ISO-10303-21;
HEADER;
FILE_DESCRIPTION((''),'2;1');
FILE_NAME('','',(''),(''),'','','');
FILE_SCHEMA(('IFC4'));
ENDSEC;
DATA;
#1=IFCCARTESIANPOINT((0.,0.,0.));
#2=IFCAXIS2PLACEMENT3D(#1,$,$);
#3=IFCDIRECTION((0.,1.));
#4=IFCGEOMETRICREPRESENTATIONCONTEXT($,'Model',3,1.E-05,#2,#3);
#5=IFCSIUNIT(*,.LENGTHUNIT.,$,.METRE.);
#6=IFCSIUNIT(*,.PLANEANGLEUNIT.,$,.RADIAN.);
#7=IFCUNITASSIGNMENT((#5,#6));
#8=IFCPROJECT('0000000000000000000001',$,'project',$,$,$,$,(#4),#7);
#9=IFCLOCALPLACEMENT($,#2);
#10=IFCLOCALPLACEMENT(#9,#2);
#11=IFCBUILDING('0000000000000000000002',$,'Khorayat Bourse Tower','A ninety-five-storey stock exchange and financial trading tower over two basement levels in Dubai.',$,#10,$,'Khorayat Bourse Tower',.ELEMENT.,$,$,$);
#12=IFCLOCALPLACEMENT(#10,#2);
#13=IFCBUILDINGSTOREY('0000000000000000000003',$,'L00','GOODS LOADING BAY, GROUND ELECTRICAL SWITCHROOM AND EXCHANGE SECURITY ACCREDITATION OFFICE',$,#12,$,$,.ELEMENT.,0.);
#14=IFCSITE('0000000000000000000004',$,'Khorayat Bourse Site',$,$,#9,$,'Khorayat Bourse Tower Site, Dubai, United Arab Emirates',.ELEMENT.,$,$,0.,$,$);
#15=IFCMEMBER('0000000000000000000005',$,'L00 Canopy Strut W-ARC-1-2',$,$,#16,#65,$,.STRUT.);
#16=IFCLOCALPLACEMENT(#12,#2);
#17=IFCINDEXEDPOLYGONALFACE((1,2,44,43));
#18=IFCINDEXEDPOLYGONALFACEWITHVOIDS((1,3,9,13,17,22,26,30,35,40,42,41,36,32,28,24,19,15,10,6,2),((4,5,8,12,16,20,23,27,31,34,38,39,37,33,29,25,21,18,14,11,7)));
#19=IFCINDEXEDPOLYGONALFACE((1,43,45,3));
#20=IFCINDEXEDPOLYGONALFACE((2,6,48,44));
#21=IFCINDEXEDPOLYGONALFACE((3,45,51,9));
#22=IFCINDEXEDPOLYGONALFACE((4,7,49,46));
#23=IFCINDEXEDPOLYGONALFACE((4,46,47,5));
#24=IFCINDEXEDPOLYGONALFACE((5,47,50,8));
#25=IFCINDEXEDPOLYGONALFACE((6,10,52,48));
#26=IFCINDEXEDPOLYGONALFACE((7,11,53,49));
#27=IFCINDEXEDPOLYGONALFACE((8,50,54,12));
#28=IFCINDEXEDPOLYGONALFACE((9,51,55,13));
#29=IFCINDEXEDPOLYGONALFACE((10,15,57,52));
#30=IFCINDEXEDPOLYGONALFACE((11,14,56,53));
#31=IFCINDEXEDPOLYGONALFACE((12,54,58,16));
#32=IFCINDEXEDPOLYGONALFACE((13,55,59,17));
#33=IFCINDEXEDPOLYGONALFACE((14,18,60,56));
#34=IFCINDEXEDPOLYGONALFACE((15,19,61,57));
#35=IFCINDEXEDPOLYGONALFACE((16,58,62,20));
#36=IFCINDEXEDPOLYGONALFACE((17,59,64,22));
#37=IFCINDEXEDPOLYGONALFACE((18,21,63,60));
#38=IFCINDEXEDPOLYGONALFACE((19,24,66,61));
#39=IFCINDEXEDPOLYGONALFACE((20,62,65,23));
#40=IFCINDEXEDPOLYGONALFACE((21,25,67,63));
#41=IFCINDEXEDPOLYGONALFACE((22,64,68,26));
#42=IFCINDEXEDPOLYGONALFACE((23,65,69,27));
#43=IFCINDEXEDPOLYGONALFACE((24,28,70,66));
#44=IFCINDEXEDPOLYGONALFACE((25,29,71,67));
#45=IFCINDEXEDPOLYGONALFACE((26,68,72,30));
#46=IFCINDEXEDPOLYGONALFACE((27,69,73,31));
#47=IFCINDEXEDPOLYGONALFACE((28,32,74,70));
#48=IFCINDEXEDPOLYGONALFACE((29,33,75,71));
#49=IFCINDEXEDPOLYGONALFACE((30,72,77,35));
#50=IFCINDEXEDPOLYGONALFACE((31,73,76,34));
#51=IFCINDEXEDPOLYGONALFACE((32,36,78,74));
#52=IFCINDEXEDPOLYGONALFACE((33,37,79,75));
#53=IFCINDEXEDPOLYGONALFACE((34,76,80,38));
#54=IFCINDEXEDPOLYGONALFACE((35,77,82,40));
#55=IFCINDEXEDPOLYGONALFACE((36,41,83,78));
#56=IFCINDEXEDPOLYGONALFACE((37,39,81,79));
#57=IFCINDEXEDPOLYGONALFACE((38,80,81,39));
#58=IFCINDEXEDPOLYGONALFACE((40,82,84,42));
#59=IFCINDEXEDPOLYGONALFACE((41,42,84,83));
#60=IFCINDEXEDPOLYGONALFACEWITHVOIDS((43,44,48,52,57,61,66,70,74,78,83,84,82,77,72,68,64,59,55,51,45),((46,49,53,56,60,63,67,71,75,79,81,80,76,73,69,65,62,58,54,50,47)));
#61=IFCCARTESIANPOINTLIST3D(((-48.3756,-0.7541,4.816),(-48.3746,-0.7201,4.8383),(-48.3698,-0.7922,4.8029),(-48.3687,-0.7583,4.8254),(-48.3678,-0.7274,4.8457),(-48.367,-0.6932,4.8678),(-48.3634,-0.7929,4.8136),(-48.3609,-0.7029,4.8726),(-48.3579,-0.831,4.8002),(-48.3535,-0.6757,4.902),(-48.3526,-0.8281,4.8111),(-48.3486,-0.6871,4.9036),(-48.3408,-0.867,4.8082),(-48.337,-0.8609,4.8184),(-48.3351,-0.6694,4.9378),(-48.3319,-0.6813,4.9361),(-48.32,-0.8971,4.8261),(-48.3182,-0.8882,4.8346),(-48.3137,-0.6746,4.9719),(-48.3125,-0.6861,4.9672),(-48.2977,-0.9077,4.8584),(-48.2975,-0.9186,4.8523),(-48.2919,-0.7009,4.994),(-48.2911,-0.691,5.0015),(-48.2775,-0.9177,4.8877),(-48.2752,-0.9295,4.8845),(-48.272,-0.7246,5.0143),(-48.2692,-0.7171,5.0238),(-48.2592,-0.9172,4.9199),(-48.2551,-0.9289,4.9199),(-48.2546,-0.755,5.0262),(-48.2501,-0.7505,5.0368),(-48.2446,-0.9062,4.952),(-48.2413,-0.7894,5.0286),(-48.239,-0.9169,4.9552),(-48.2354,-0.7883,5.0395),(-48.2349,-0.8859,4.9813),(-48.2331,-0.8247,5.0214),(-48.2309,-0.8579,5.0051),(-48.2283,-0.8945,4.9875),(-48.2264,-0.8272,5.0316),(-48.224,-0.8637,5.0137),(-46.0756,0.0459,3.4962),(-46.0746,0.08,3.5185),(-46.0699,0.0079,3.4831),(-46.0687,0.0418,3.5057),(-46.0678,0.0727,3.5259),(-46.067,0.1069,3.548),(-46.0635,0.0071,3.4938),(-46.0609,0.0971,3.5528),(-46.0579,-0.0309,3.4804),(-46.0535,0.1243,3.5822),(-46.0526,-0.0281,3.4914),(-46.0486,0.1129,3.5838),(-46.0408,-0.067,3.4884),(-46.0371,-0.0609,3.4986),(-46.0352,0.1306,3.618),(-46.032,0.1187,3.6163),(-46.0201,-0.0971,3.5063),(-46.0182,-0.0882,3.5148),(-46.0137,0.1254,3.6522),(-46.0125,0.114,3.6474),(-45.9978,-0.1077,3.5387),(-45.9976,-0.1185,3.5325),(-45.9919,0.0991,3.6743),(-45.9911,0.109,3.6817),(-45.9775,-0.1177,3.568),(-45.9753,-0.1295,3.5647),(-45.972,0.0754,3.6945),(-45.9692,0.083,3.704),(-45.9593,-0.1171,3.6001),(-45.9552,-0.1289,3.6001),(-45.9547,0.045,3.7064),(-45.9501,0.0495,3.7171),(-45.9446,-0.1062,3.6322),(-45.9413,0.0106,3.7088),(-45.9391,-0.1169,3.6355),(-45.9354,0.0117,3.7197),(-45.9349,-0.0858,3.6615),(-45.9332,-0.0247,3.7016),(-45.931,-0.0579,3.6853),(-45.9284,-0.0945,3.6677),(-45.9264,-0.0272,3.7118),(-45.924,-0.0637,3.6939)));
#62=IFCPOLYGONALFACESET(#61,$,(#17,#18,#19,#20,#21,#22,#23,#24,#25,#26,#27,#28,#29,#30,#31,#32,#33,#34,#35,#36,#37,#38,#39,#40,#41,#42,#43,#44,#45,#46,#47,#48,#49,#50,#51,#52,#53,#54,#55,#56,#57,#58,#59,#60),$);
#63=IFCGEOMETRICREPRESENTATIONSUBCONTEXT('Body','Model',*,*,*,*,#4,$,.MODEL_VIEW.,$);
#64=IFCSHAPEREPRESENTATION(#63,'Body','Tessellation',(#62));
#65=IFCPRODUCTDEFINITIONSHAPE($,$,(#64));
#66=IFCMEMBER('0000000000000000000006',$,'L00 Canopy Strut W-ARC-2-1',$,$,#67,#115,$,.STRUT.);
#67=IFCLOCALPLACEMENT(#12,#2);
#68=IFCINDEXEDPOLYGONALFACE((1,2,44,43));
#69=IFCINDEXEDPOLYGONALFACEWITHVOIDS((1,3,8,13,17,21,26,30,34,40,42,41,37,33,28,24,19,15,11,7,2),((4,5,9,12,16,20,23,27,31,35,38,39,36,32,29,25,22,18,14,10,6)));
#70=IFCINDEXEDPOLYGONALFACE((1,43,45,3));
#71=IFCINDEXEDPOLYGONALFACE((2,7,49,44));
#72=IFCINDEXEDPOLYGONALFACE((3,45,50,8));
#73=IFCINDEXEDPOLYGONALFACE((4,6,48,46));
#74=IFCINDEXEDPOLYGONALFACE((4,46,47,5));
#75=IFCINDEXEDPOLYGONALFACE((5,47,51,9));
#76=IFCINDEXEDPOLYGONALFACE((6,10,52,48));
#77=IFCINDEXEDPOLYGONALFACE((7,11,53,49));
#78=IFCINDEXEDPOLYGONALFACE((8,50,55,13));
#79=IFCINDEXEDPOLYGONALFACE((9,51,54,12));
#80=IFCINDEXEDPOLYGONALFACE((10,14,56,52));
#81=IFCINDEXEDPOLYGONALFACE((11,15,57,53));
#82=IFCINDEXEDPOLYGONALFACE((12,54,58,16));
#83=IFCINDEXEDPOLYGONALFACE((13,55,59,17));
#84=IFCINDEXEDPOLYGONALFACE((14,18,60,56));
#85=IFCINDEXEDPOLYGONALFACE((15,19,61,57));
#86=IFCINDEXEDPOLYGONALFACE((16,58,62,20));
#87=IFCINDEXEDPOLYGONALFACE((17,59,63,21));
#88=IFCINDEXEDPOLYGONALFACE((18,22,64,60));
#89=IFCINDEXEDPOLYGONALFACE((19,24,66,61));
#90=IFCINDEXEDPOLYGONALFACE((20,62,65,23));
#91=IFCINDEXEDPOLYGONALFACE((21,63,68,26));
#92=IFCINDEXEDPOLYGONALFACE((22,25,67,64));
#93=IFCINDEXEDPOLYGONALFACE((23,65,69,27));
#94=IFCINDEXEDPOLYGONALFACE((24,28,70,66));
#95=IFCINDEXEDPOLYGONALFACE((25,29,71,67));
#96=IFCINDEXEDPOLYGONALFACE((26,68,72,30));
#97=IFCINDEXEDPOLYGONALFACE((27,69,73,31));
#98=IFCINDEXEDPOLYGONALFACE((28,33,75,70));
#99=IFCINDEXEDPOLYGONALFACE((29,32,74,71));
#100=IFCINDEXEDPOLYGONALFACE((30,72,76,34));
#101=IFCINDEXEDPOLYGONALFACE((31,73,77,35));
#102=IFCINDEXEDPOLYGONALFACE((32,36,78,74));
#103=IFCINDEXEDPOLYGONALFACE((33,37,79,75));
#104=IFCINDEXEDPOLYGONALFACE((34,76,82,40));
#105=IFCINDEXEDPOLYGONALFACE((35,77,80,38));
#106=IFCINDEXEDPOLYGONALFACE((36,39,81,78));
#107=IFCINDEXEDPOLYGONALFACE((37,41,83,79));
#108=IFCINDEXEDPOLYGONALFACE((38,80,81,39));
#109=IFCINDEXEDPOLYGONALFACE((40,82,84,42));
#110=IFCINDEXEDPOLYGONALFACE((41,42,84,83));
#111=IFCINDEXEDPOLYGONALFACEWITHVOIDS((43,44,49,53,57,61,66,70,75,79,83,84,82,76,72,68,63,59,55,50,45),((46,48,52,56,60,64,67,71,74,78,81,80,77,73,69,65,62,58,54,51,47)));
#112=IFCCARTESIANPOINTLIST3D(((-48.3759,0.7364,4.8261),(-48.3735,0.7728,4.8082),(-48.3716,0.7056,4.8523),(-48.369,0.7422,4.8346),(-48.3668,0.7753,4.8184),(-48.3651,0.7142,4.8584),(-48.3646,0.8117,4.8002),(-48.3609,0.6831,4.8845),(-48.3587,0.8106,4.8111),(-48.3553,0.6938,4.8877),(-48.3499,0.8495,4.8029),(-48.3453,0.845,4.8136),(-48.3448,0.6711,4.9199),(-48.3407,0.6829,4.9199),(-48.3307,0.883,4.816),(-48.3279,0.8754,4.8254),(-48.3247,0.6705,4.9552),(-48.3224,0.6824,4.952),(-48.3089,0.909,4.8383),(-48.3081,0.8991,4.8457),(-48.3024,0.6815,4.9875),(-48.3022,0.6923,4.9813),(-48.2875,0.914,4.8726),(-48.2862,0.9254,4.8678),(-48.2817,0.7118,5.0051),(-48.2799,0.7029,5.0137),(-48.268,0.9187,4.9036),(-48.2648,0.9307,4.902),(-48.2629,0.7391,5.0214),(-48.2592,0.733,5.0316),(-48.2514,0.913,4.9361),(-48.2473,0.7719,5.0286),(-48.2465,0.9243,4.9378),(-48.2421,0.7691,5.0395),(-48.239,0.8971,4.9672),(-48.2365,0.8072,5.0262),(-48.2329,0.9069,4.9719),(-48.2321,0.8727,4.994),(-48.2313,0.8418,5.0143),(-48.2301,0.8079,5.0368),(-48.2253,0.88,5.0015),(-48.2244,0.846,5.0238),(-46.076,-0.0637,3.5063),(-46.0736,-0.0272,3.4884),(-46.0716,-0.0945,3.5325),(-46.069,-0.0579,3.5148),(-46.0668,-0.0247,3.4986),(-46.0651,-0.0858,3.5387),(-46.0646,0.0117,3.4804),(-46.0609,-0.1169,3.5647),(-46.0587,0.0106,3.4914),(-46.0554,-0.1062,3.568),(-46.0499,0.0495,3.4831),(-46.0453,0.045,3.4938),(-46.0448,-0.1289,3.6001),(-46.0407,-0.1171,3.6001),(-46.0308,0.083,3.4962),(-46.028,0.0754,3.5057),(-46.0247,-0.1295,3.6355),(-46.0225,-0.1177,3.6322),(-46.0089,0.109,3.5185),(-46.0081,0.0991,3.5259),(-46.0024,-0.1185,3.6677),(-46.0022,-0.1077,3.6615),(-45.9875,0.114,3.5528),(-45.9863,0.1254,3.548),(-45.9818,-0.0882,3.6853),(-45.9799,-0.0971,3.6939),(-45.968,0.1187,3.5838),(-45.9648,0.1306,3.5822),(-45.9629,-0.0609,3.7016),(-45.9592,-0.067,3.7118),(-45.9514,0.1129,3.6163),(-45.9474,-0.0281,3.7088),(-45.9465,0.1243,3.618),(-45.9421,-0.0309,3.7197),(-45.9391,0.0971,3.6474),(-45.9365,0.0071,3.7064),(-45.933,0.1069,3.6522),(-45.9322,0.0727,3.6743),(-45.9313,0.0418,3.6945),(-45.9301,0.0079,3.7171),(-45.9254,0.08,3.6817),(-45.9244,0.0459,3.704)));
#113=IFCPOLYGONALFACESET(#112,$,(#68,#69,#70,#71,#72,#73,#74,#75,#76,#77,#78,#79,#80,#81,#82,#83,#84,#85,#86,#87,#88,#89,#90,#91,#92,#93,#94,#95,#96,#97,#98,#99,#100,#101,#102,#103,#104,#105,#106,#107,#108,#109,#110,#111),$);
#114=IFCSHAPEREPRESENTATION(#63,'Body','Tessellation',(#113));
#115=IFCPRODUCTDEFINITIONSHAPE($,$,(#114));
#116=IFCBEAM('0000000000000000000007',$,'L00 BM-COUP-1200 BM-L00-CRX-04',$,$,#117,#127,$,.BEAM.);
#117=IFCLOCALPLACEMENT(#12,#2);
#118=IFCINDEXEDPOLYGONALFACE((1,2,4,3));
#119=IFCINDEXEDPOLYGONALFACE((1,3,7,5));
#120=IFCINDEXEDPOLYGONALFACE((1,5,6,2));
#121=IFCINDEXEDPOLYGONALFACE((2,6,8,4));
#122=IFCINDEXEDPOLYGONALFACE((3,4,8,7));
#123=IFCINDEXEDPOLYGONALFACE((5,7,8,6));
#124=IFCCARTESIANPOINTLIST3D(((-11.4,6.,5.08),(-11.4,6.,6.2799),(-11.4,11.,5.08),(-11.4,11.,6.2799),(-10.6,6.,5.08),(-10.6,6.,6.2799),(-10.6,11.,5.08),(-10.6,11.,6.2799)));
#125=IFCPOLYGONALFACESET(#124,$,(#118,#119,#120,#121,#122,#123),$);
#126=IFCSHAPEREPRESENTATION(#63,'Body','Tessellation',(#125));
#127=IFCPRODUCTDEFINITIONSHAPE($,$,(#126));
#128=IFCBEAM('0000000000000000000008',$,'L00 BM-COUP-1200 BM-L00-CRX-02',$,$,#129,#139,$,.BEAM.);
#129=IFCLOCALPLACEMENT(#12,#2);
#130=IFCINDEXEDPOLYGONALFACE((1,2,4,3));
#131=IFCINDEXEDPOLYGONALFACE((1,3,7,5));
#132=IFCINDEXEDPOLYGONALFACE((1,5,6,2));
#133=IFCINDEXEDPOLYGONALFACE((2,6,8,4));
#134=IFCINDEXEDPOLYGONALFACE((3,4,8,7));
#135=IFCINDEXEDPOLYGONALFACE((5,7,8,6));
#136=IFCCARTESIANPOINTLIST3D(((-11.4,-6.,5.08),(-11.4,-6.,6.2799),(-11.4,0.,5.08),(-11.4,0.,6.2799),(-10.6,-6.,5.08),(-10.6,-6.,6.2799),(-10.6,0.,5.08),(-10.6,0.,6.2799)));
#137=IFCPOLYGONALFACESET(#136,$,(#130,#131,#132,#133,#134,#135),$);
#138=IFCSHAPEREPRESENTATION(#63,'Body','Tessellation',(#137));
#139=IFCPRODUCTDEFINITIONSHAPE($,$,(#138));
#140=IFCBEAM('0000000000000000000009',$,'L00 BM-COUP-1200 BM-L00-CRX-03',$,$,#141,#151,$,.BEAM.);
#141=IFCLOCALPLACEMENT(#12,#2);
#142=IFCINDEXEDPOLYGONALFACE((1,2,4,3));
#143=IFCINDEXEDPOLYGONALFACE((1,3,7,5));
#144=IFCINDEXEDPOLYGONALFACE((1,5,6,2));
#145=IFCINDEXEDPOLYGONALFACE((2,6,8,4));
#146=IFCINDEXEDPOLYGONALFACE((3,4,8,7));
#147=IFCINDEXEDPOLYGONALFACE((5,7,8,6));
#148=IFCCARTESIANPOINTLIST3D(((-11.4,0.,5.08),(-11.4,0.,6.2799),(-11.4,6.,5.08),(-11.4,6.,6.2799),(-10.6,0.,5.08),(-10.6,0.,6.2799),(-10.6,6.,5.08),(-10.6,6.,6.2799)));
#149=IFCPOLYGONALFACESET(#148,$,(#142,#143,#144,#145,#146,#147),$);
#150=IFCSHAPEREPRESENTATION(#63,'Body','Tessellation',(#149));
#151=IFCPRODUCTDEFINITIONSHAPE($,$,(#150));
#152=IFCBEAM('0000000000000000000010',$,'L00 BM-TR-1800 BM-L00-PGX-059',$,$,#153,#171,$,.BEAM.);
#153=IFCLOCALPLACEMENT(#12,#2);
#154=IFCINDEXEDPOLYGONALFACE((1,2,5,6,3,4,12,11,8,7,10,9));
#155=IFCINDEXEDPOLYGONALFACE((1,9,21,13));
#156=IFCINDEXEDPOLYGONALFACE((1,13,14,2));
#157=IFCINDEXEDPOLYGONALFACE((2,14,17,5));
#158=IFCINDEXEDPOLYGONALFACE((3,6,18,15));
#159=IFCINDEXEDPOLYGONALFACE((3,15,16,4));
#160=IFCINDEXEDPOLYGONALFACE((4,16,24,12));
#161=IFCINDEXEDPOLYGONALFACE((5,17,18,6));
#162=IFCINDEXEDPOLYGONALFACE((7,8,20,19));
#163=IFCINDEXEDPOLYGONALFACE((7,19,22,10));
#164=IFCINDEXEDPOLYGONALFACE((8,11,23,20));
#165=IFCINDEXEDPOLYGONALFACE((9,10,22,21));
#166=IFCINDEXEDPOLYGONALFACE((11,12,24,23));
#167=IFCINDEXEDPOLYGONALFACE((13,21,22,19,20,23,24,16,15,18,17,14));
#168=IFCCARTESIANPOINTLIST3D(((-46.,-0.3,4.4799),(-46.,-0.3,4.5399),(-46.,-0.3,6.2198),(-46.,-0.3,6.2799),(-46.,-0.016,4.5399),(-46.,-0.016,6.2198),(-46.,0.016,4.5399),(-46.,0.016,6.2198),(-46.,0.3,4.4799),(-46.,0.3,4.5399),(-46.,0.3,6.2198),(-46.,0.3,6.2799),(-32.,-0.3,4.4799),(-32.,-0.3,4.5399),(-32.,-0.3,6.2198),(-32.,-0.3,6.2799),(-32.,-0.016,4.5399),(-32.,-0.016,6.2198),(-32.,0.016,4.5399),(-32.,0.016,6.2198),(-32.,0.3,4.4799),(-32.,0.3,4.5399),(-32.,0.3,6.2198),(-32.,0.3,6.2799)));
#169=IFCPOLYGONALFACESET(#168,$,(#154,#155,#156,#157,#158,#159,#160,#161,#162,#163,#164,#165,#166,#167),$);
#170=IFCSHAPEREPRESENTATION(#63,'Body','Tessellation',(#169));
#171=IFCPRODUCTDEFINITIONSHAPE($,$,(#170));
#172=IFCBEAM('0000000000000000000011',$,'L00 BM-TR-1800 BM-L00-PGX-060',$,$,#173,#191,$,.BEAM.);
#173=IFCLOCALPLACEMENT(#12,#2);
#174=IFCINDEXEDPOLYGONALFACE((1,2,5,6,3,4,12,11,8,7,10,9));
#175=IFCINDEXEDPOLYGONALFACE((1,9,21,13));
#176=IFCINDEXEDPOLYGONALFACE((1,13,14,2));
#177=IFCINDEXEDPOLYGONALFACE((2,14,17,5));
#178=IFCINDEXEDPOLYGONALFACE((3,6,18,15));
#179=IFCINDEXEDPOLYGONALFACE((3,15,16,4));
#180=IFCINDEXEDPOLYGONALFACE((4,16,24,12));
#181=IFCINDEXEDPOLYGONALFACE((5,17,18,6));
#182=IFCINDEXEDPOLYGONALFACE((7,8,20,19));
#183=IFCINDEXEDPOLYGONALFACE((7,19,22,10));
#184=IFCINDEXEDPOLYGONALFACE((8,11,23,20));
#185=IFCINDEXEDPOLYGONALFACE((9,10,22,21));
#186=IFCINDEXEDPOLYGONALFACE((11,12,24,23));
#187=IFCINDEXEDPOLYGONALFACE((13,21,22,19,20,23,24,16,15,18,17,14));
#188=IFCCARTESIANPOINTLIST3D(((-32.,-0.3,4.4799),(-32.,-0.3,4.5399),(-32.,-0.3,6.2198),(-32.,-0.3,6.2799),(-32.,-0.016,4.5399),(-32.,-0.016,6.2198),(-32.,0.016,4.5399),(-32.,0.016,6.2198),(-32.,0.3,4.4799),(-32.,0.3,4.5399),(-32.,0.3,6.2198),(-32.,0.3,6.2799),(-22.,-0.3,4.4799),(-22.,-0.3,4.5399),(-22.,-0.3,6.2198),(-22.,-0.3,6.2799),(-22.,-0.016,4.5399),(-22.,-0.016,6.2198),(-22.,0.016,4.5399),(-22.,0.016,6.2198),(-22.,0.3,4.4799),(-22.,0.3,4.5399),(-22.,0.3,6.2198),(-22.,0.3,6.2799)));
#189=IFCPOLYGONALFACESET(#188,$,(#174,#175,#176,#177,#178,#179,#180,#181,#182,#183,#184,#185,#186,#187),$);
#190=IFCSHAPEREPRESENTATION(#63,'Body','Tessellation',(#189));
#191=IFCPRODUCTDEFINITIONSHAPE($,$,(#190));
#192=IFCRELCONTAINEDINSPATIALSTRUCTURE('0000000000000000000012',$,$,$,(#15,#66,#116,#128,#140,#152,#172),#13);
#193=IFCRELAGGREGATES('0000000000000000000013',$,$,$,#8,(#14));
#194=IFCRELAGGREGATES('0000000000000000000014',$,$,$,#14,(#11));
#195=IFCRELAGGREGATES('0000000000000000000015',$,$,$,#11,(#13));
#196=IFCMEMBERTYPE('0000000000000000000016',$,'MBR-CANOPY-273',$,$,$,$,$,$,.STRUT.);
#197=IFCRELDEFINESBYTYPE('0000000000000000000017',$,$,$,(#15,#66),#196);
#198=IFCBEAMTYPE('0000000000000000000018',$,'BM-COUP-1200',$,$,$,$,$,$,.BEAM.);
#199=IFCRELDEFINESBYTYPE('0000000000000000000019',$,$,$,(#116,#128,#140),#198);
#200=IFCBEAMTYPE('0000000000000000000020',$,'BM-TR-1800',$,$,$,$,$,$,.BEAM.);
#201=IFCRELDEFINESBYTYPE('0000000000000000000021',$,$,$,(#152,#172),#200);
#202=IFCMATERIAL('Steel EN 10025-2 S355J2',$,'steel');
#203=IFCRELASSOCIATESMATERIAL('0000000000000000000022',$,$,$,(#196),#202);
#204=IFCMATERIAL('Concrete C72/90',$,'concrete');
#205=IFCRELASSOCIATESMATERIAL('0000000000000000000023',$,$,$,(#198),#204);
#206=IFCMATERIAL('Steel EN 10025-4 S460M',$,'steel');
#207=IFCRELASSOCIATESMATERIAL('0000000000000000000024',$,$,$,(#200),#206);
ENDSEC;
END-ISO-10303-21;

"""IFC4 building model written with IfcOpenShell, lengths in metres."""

from ifc_helpers import new_model, si_unit, direction, frame, origin, origin_2d, place, context, subcontext, project, spatial, rectangle, hollow_circle, i_section, extrude, source, transform, mapped, material, material_profile, profile_set, type_object, element, save


model = new_model("IFC4")

# Units and contexts
model_context = context("Model", 3, precision=1e-05, world=origin(), true_north=direction((0.0, 1.0)))
body_context = subcontext(model_context, "Body", "Model", "MODEL_VIEW")
ifc_project = project(units=[si_unit("LENGTHUNIT", "METRE"), si_unit("PLANEANGLEUNIT", "RADIAN")], contexts=[model_context])

# Site, building, storey
site_placement = place(None, origin())
site = spatial("IfcSite", under=ifc_project, at=site_placement, Name="Khorayat Bourse Site", LongName="Khorayat Bourse Tower Site, Dubai, United Arab Emirates", CompositionType="ELEMENT", RefElevation=0.0)
building_placement = place(site_placement, origin())
building = spatial("IfcBuilding", under=site, at=building_placement, Name="Khorayat Bourse Tower", Description="A ninety-five-storey stock exchange and financial trading tower over two basement levels in Dubai.", LongName="Khorayat Bourse Tower", CompositionType="ELEMENT")
storey_placement = place(building_placement, origin())
storey = spatial("IfcBuildingStorey", under=building, at=storey_placement, Name="L00", Description="GOODS LOADING BAY, GROUND ELECTRICAL SWITCHROOM AND EXCHANGE SECURITY ACCREDITATION OFFICE", CompositionType="ELEMENT", Elevation=0.0)

# Shared definitions
ifc_material_1 = material(Name="Concrete C72/90", Category="concrete")

# Members
ifc_material_2 = material(Name="Steel EN 10025-2 S355J2", Category="steel")
ifc_material_profile_1 = material_profile(ifc_material_2, hollow_circle(Radius=0.1365, WallThickness=0.0125, at=origin_2d()), Name="CHS 273x12.5")
ifc_profile_set_1 = profile_set([ifc_material_profile_1], Name="Steel EN 10025-2 S355J2")
member_type = type_object("IfcMemberType", Name="MBR-CANOPY-273", PredefinedType="STRUT", material=ifc_profile_set_1)
shared_shape_1 = source(origin(), body_context, "Body", "SweptSolid", [
    extrude(hollow_circle(Radius=0.1365, WallThickness=0.0125, at=origin_2d()), origin(), (0.0, 0.0, 1.0), 2.7698),
])
for number, where, z_axis, x_axis, name in (
    (1, (-46.0, 0.0, 3.6001), (-0.830378, -0.288839, 0.476491), (0.328532, -0.944493, 0.0), "L00 Canopy Strut W-ARC-1-2"),
    (2, (-46.0, 0.0, 3.6001), (-0.830378, 0.288839, 0.476491), (-0.328532, -0.944493, 0.0), "L00 Canopy Strut W-ARC-2-1"),
):
    element("IfcMember", number, at=place(storey_placement, frame(where, z_axis=z_axis, x_axis=x_axis)), inside=storey, type_object=member_type, Name=name, PredefinedType="STRUT", context=body_context, shape_type="MappedRepresentation", body=[
        mapped(shared_shape_1, transform((0.0, 0.0, 0.0), scale=1.0)),
    ])

# Beams
ifc_material_profile_2 = material_profile(ifc_material_1, rectangle(XDim=0.8, YDim=1.2, at=origin_2d()), Name="RC 800x1200")
ifc_profile_set_2 = profile_set([ifc_material_profile_2], Name="Concrete C72/90")
beam_type_1 = type_object("IfcBeamType", Name="BM-COUP-1200", PredefinedType="BEAM", material=ifc_profile_set_2)
shared_shape_2 = source(origin(), body_context, "Body", "SweptSolid", [
    extrude(rectangle(XDim=0.8, YDim=1.2, at=origin_2d()), origin(), (0.0, 0.0, 1.0), 5.0),
])
beam_1_placement = place(storey_placement, frame((-11.0, 6.0, 5.6799), z_axis=(0.0, 1.0, 0.0), x_axis=(-1.0, 0.0, 0.0)))
element("IfcBeam", 3, at=beam_1_placement, inside=storey, type_object=beam_type_1, Name="L00 BM-COUP-1200 BM-L00-CRX-04", PredefinedType="BEAM", context=body_context, shape_type="MappedRepresentation", body=[
    mapped(shared_shape_2, transform((0.0, 0.0, 0.0), scale=1.0)),
])
shared_shape_3 = source(origin(), body_context, "Body", "SweptSolid", [
    extrude(rectangle(XDim=0.8, YDim=1.2, at=origin_2d()), origin(), (0.0, 0.0, 1.0), 6.0),
])
for number, where, z_axis, x_axis, name in (
    (4, (-11.0, -6.0, 5.6799), (0.0, 1.0, 0.0), (-1.0, 0.0, 0.0), "L00 BM-COUP-1200 BM-L00-CRX-02"),
    (5, (-11.0, 0.0, 5.6799), (0.0, 1.0, 0.0), (-1.0, 0.0, 0.0), "L00 BM-COUP-1200 BM-L00-CRX-03"),
):
    element("IfcBeam", number, at=place(storey_placement, frame(where, z_axis=z_axis, x_axis=x_axis)), inside=storey, type_object=beam_type_1, Name=name, PredefinedType="BEAM", context=body_context, shape_type="MappedRepresentation", body=[
        mapped(shared_shape_3, transform((0.0, 0.0, 0.0), scale=1.0)),
    ])
ifc_material_3 = material(Name="Steel EN 10025-4 S460M", Category="steel")
ifc_material_profile_3 = material_profile(ifc_material_3, i_section(OverallWidth=0.6001, OverallDepth=1.8, WebThickness=0.032, FlangeThickness=0.0601, at=origin_2d()), Name="PG 1800x600x32x60")
ifc_profile_set_3 = profile_set([ifc_material_profile_3], Name="Steel EN 10025-4 S460M")
beam_type_2 = type_object("IfcBeamType", Name="BM-TR-1800", PredefinedType="BEAM", material=ifc_profile_set_3)
shared_shape_4 = source(origin(), body_context, "Body", "SweptSolid", [
    extrude(i_section(OverallWidth=0.6001, OverallDepth=1.8, WebThickness=0.032, FlangeThickness=0.0601, at=origin_2d()), origin(), (0.0, 0.0, 1.0), 14.0),
])
beam_2_placement = place(storey_placement, frame((-46.0, 0.0, 5.3799), z_axis=(1.0, 0.0, 0.0), x_axis=(0.0, 1.0, 0.0)))
element("IfcBeam", 6, at=beam_2_placement, inside=storey, type_object=beam_type_2, Name="L00 BM-TR-1800 BM-L00-PGX-059", PredefinedType="BEAM", context=body_context, shape_type="MappedRepresentation", body=[
    mapped(shared_shape_4, transform((0.0, 0.0, 0.0), scale=1.0)),
])
shared_shape_5 = source(origin(), body_context, "Body", "SweptSolid", [
    extrude(i_section(OverallWidth=0.6001, OverallDepth=1.8, WebThickness=0.032, FlangeThickness=0.0601, at=origin_2d()), origin(), (0.0, 0.0, 1.0), 10.0),
])
beam_3_placement = place(storey_placement, frame((-32.0, 0.0, 5.3799), z_axis=(1.0, 0.0, 0.0), x_axis=(0.0, 1.0, 0.0)))
element("IfcBeam", 7, at=beam_3_placement, inside=storey, type_object=beam_type_2, Name="L00 BM-TR-1800 BM-L00-PGX-060", PredefinedType="BEAM", context=body_context, shape_type="MappedRepresentation", body=[
    mapped(shared_shape_5, transform((0.0, 0.0, 0.0), scale=1.0)),
])

save(model, "model.ifc")
